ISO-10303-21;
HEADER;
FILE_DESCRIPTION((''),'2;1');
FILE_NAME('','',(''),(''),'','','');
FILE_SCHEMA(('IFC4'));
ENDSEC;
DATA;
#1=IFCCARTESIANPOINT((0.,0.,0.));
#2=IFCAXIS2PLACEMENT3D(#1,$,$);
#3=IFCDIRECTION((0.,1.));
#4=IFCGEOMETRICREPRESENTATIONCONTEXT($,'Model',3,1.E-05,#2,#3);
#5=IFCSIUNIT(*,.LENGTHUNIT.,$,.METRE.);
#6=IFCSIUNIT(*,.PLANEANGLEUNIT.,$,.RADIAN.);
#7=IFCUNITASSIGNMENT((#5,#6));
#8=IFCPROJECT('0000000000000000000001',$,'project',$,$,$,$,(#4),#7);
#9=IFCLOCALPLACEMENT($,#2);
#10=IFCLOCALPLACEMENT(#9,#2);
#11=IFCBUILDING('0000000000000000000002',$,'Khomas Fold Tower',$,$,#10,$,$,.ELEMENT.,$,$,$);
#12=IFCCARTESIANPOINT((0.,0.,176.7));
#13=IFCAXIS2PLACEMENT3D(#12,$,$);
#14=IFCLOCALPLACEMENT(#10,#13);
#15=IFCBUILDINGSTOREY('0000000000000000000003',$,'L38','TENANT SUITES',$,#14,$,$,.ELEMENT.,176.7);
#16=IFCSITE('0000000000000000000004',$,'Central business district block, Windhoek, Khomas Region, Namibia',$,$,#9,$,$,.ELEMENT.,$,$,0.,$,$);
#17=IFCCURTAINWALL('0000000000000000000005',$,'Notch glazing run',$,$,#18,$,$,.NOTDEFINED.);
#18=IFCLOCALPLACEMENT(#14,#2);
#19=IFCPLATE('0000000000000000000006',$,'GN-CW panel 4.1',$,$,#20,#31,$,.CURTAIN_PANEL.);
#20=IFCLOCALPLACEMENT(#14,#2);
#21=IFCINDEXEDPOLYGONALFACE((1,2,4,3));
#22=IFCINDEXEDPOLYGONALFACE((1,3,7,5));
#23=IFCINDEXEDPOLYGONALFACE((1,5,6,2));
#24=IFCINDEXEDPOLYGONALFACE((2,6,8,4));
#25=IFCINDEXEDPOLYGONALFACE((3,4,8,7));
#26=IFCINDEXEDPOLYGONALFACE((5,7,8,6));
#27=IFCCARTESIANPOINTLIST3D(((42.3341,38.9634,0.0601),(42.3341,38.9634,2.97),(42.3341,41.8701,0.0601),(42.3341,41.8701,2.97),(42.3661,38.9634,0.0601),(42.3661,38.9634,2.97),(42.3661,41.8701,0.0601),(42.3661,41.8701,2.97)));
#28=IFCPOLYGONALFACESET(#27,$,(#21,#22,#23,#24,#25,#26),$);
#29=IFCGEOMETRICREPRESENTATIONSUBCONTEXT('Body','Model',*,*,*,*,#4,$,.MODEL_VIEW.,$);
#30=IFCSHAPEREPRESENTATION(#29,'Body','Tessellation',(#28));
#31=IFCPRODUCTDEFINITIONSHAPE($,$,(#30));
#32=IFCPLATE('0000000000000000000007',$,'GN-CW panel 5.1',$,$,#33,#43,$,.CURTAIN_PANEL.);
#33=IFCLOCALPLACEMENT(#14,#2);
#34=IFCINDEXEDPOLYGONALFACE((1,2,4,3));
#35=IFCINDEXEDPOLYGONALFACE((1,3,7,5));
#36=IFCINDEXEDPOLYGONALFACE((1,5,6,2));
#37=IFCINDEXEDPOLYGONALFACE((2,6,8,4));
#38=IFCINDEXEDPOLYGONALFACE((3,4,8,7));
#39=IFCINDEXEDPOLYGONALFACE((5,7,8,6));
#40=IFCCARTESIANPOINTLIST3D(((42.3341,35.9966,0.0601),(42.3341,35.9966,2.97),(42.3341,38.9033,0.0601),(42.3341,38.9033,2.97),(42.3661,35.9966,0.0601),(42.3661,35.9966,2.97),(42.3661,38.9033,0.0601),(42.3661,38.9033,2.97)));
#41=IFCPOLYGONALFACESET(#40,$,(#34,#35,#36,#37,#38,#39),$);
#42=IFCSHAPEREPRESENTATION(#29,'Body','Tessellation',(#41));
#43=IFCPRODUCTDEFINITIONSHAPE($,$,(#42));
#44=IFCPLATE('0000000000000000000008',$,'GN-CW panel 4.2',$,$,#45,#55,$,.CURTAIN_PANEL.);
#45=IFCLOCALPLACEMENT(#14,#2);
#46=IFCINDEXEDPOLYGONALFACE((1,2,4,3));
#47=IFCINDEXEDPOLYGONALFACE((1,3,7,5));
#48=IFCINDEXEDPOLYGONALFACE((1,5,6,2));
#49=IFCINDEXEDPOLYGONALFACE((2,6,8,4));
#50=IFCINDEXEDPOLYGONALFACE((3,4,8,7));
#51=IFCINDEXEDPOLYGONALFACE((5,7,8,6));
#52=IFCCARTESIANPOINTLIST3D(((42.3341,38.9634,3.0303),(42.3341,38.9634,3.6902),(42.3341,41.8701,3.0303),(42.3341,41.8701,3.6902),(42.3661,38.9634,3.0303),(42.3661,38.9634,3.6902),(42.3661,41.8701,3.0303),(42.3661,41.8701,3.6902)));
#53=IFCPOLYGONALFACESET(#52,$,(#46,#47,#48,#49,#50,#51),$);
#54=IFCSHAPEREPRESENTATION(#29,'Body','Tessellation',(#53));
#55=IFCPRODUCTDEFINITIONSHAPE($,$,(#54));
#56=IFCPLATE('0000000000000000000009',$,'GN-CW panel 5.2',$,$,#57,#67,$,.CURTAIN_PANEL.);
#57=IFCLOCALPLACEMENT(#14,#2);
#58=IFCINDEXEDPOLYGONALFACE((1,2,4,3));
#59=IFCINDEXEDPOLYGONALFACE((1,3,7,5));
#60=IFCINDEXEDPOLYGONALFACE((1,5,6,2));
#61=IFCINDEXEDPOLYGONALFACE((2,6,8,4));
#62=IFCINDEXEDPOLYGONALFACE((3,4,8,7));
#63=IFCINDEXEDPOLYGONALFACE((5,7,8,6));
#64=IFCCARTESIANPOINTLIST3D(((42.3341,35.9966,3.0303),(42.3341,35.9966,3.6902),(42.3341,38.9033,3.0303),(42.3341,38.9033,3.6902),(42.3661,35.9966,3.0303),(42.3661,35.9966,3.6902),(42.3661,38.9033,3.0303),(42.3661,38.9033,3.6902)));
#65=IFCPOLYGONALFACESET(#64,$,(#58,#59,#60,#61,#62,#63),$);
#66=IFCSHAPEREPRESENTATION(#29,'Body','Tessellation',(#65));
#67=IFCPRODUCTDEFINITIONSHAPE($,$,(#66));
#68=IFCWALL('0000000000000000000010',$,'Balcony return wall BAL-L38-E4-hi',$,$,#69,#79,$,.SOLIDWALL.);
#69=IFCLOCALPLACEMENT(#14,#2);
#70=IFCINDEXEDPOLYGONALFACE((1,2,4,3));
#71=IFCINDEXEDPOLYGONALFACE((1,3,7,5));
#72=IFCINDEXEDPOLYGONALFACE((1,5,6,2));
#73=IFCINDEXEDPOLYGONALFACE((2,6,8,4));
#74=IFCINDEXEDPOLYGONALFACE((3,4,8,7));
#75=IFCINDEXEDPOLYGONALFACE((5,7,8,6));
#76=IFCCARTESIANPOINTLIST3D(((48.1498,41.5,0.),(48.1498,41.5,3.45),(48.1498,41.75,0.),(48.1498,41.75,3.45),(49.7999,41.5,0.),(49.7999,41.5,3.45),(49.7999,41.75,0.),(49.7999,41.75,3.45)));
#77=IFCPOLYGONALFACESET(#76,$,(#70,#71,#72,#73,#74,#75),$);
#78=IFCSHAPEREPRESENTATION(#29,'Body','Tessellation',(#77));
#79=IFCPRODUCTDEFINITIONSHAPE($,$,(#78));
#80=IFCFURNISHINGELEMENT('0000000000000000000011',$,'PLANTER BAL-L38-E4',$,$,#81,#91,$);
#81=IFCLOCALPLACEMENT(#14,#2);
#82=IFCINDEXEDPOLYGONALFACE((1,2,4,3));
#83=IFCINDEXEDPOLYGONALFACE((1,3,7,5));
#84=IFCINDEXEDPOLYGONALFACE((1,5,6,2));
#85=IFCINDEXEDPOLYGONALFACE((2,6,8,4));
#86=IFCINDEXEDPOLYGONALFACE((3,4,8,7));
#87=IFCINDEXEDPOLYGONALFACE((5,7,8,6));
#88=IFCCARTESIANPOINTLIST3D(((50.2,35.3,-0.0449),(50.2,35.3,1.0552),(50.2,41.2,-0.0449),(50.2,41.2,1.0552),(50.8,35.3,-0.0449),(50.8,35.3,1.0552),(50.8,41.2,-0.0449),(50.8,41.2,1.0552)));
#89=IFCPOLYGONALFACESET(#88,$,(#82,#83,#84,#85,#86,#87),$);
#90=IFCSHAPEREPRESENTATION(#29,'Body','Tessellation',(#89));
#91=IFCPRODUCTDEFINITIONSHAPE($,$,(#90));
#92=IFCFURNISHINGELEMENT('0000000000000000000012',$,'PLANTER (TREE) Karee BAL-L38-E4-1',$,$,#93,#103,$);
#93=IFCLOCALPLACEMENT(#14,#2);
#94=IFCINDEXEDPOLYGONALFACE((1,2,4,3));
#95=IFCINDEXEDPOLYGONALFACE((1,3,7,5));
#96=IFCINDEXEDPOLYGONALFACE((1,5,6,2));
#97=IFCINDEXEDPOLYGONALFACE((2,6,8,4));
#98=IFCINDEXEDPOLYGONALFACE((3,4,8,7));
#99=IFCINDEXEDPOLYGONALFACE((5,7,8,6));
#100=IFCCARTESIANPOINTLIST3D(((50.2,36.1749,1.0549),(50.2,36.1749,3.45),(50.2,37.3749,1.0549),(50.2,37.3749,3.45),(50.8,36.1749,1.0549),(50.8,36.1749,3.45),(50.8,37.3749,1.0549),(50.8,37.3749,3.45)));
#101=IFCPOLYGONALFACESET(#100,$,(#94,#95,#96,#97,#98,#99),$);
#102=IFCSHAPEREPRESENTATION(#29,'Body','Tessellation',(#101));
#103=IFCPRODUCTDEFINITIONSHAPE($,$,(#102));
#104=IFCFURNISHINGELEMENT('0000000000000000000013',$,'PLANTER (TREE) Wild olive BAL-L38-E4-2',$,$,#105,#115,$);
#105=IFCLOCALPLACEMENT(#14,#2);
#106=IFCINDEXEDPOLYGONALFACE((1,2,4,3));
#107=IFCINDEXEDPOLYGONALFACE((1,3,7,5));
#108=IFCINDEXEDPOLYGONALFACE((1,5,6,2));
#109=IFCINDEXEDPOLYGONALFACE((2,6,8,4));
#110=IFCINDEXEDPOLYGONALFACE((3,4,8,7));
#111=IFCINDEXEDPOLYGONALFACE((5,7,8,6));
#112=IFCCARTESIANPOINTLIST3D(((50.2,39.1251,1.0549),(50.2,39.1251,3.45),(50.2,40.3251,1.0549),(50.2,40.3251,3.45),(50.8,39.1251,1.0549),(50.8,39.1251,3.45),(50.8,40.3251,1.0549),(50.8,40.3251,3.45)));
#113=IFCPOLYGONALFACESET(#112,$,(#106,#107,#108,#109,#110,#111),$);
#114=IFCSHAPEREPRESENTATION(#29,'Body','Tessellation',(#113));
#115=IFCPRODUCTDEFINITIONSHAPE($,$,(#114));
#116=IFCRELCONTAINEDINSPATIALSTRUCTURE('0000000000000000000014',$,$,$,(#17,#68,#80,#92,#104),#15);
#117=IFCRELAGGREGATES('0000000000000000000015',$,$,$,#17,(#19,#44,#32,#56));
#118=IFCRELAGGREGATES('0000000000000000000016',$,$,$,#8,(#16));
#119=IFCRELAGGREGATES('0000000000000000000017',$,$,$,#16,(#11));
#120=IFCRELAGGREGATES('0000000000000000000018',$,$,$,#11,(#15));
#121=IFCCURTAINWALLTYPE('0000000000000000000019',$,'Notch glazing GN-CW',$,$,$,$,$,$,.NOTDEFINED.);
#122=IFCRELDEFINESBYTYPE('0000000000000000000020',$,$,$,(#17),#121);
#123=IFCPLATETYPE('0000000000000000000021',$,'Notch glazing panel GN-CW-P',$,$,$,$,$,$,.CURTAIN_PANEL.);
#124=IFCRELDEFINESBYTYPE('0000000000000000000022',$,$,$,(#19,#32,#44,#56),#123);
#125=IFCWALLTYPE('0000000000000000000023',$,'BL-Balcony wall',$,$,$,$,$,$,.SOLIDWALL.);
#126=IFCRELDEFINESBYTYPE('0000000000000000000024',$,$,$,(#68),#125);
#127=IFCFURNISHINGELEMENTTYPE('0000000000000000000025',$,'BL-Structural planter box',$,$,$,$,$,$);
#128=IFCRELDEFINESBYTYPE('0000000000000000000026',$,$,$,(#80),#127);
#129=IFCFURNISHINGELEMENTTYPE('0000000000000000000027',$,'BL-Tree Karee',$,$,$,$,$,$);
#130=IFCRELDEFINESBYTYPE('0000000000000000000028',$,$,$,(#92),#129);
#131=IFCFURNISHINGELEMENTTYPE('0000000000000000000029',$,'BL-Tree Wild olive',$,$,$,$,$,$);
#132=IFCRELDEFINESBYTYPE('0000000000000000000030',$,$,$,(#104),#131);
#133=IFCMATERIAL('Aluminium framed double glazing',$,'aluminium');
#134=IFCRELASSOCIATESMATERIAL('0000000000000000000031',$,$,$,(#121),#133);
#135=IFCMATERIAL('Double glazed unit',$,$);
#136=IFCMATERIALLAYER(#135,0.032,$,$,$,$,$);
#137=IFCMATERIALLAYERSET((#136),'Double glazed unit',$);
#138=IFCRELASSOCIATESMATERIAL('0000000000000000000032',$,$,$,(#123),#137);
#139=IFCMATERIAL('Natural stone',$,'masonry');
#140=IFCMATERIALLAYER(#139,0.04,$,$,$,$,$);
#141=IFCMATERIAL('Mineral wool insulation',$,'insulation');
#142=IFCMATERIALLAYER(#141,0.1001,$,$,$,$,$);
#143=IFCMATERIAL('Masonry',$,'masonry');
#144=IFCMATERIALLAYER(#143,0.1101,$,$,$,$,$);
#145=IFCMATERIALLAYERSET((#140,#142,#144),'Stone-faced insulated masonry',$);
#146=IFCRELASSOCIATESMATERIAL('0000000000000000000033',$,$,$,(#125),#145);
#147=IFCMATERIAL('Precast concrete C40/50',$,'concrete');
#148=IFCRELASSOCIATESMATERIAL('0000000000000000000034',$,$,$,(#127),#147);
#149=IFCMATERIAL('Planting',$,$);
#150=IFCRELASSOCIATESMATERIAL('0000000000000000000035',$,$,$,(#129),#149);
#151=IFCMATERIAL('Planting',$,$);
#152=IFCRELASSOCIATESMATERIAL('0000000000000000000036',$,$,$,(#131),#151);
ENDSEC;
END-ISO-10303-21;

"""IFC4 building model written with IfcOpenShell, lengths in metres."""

from ifc_helpers import new_model, si_unit, direction, frame, frame_2d, origin, origin_2d, place, context, subcontext, project, spatial, rectangle, extrude, source, transform, mapped, material, layer, layer_set, type_object, element, aggregate, save


model = new_model("IFC4")

# Units and contexts
model_context = context("Model", 3, precision=1e-05, world=origin(), true_north=direction((0.0, 1.0)))
body_context = subcontext(model_context, "Body", "Model", "MODEL_VIEW")
ifc_project = project(units=[si_unit("LENGTHUNIT", "METRE"), si_unit("PLANEANGLEUNIT", "RADIAN")], contexts=[model_context])

# Site, building, storey
site_placement = place(None, origin())
site = spatial("IfcSite", under=ifc_project, at=site_placement, Name="Central business district block, Windhoek, Khomas Region, Namibia", CompositionType="ELEMENT", RefElevation=0.0)
building_placement = place(site_placement, origin())
building = spatial("IfcBuilding", under=site, at=building_placement, Name="Khomas Fold Tower", CompositionType="ELEMENT")
storey_placement = place(building_placement, frame((0.0, 0.0, 176.7)))
storey = spatial("IfcBuildingStorey", under=building, at=storey_placement, Name="L38", Description="TENANT SUITES", CompositionType="ELEMENT", Elevation=176.7)

# Curtain wall, plates
ifc_material_1 = material(Name="Aluminium framed double glazing", Category="aluminium")
curtain_wall_type_1 = type_object("IfcCurtainWallType", Name="Notch glazing GN-CW", PredefinedType="NOTDEFINED", material=ifc_material_1)
curtain_wall_1_placement = place(storey_placement, origin())
curtain_wall_1 = element("IfcCurtainWall", 1, at=curtain_wall_1_placement, inside=storey, type_object=curtain_wall_type_1, Name="Notch glazing run", PredefinedType="NOTDEFINED")
ifc_material_2 = material(Name="Double glazed unit")
ifc_layer_1 = layer(ifc_material_2, 0.032)
ifc_layer_set_1 = layer_set([ifc_layer_1], Name="Double glazed unit")
plate_type = type_object("IfcPlateType", Name="Notch glazing panel GN-CW-P", PredefinedType="CURTAIN_PANEL", material=ifc_layer_set_1)
shared_shape_1 = source(origin(), body_context, "Body", "SweptSolid", [
    extrude(rectangle(XDim=2.9067, YDim=0.032, at=origin_2d()), origin(), (0.0, 0.0, 1.0), 2.9099),
])
plate_1_placement = place(storey_placement, frame((42.3501, 40.4167, 0.0601), z_axis=(0.0, 0.0, 1.0), x_axis=(0.0, -1.0, 0.0)))
plate_1 = element("IfcPlate", 2, at=plate_1_placement, type_object=plate_type, Name="GN-CW panel 4.1", PredefinedType="CURTAIN_PANEL", context=body_context, shape_type="MappedRepresentation", body=[
    mapped(shared_shape_1, transform((0.0, 0.0, 0.0))),
])
plate_2_placement = place(storey_placement, frame((42.3501, 37.45, 0.0601), z_axis=(0.0, 0.0, 1.0), x_axis=(0.0, -1.0, 0.0)))
plate_2 = element("IfcPlate", 3, at=plate_2_placement, type_object=plate_type, Name="GN-CW panel 5.1", PredefinedType="CURTAIN_PANEL", context=body_context, shape_type="MappedRepresentation", body=[
    mapped(shared_shape_1, transform((0.0, 0.0, 0.0))),
])
shared_shape_2 = source(origin(), body_context, "Body", "SweptSolid", [
    extrude(rectangle(XDim=2.9067, YDim=0.032, at=origin_2d()), origin(), (0.0, 0.0, 1.0), 0.6599),
])
plate_3_placement = place(storey_placement, frame((42.3501, 40.4167, 3.0303), z_axis=(0.0, 0.0, 1.0), x_axis=(0.0, -1.0, 0.0)))
plate_3 = element("IfcPlate", 4, at=plate_3_placement, type_object=plate_type, Name="GN-CW panel 4.2", PredefinedType="CURTAIN_PANEL", context=body_context, shape_type="MappedRepresentation", body=[
    mapped(shared_shape_2, transform((0.0, 0.0, 0.0))),
])
plate_4_placement = place(storey_placement, frame((42.3501, 37.45, 3.0303), z_axis=(0.0, 0.0, 1.0), x_axis=(0.0, -1.0, 0.0)))
plate_4 = element("IfcPlate", 5, at=plate_4_placement, type_object=plate_type, Name="GN-CW panel 5.2", PredefinedType="CURTAIN_PANEL", context=body_context, shape_type="MappedRepresentation", body=[
    mapped(shared_shape_2, transform((0.0, 0.0, 0.0))),
])
aggregate(curtain_wall_1, [plate_1, plate_3, plate_2, plate_4])

# Wall
ifc_material_3 = material(Name="Natural stone", Category="masonry")
ifc_layer_2 = layer(ifc_material_3, 0.04)
ifc_material_4 = material(Name="Mineral wool insulation", Category="insulation")
ifc_layer_3 = layer(ifc_material_4, 0.1001)
ifc_material_5 = material(Name="Masonry", Category="masonry")
ifc_layer_4 = layer(ifc_material_5, 0.1101)
ifc_layer_set_2 = layer_set([ifc_layer_2, ifc_layer_3, ifc_layer_4], Name="Stone-faced insulated masonry")
wall_type = type_object("IfcWallType", Name="BL-Balcony wall", PredefinedType="SOLIDWALL", material=ifc_layer_set_2)
shared_shape_3 = source(origin(), body_context, "Body", "SweptSolid", [
    extrude(rectangle(XDim=1.6501, YDim=0.25, at=frame_2d((0.8252, 0.0))), origin(), (0.0, 0.0, 1.0), 3.45),
])
wall_placement = place(storey_placement, frame((49.8, 41.625, 0.0), z_axis=(0.0, 0.0, 1.0), x_axis=(-1.0, 0.0, 0.0)))
element("IfcWall", 6, at=wall_placement, inside=storey, type_object=wall_type, Name="Balcony return wall BAL-L38-E4-hi", PredefinedType="SOLIDWALL", context=body_context, shape_type="MappedRepresentation", body=[
    mapped(shared_shape_3, transform((0.0, 0.0, 0.0))),
])

# Furnishing elements
ifc_material_6 = material(Name="Precast concrete C40/50", Category="concrete")
furnishing_element_type_1 = type_object("IfcFurnishingElementType", Name="BL-Structural planter box", material=ifc_material_6)
shared_shape_4 = source(origin(), body_context, "Body", "SweptSolid", [
    extrude(rectangle(XDim=5.8999, YDim=0.6001, at=origin_2d()), origin(), (0.0, 0.0, 1.0), 1.1001),
])
furnishing_1_placement = place(storey_placement, frame((50.5, 38.25, -0.0449), z_axis=(0.0, 0.0, 1.0), x_axis=(0.0, 1.0, 0.0)))
element("IfcFurnishingElement", 7, at=furnishing_1_placement, inside=storey, type_object=furnishing_element_type_1, Name="PLANTER BAL-L38-E4", context=body_context, shape_type="MappedRepresentation", body=[
    mapped(shared_shape_4, transform((0.0, 0.0, 0.0))),
])
ifc_material_7 = material(Name="Planting")
furnishing_element_type_2 = type_object("IfcFurnishingElementType", Name="BL-Tree Karee", material=ifc_material_7)
shared_shape_5 = source(origin(), body_context, "Body", "SweptSolid", [
    extrude(rectangle(XDim=1.2, YDim=0.6001, at=origin_2d()), origin(), (0.0, 0.0, 1.0), 2.395),
])
furnishing_2_placement = place(storey_placement, frame((50.5, 36.7749, 1.0549), z_axis=(0.0, 0.0, 1.0), x_axis=(0.0, 1.0, 0.0)))
element("IfcFurnishingElement", 8, at=furnishing_2_placement, inside=storey, type_object=furnishing_element_type_2, Name="PLANTER (TREE) Karee BAL-L38-E4-1", context=body_context, shape_type="MappedRepresentation", body=[
    mapped(shared_shape_5, transform((0.0, 0.0, 0.0))),
])
ifc_material_8 = material(Name="Planting")
furnishing_element_type_3 = type_object("IfcFurnishingElementType", Name="BL-Tree Wild olive", material=ifc_material_8)
furnishing_3_placement = place(storey_placement, frame((50.5, 39.7251, 1.0549), z_axis=(0.0, 0.0, 1.0), x_axis=(0.0, 1.0, 0.0)))
element("IfcFurnishingElement", 9, at=furnishing_3_placement, inside=storey, type_object=furnishing_element_type_3, Name="PLANTER (TREE) Wild olive BAL-L38-E4-2", context=body_context, shape_type="MappedRepresentation", body=[
    mapped(shared_shape_5, transform((0.0, 0.0, 0.0))),
])

save(model, "model.ifc")
